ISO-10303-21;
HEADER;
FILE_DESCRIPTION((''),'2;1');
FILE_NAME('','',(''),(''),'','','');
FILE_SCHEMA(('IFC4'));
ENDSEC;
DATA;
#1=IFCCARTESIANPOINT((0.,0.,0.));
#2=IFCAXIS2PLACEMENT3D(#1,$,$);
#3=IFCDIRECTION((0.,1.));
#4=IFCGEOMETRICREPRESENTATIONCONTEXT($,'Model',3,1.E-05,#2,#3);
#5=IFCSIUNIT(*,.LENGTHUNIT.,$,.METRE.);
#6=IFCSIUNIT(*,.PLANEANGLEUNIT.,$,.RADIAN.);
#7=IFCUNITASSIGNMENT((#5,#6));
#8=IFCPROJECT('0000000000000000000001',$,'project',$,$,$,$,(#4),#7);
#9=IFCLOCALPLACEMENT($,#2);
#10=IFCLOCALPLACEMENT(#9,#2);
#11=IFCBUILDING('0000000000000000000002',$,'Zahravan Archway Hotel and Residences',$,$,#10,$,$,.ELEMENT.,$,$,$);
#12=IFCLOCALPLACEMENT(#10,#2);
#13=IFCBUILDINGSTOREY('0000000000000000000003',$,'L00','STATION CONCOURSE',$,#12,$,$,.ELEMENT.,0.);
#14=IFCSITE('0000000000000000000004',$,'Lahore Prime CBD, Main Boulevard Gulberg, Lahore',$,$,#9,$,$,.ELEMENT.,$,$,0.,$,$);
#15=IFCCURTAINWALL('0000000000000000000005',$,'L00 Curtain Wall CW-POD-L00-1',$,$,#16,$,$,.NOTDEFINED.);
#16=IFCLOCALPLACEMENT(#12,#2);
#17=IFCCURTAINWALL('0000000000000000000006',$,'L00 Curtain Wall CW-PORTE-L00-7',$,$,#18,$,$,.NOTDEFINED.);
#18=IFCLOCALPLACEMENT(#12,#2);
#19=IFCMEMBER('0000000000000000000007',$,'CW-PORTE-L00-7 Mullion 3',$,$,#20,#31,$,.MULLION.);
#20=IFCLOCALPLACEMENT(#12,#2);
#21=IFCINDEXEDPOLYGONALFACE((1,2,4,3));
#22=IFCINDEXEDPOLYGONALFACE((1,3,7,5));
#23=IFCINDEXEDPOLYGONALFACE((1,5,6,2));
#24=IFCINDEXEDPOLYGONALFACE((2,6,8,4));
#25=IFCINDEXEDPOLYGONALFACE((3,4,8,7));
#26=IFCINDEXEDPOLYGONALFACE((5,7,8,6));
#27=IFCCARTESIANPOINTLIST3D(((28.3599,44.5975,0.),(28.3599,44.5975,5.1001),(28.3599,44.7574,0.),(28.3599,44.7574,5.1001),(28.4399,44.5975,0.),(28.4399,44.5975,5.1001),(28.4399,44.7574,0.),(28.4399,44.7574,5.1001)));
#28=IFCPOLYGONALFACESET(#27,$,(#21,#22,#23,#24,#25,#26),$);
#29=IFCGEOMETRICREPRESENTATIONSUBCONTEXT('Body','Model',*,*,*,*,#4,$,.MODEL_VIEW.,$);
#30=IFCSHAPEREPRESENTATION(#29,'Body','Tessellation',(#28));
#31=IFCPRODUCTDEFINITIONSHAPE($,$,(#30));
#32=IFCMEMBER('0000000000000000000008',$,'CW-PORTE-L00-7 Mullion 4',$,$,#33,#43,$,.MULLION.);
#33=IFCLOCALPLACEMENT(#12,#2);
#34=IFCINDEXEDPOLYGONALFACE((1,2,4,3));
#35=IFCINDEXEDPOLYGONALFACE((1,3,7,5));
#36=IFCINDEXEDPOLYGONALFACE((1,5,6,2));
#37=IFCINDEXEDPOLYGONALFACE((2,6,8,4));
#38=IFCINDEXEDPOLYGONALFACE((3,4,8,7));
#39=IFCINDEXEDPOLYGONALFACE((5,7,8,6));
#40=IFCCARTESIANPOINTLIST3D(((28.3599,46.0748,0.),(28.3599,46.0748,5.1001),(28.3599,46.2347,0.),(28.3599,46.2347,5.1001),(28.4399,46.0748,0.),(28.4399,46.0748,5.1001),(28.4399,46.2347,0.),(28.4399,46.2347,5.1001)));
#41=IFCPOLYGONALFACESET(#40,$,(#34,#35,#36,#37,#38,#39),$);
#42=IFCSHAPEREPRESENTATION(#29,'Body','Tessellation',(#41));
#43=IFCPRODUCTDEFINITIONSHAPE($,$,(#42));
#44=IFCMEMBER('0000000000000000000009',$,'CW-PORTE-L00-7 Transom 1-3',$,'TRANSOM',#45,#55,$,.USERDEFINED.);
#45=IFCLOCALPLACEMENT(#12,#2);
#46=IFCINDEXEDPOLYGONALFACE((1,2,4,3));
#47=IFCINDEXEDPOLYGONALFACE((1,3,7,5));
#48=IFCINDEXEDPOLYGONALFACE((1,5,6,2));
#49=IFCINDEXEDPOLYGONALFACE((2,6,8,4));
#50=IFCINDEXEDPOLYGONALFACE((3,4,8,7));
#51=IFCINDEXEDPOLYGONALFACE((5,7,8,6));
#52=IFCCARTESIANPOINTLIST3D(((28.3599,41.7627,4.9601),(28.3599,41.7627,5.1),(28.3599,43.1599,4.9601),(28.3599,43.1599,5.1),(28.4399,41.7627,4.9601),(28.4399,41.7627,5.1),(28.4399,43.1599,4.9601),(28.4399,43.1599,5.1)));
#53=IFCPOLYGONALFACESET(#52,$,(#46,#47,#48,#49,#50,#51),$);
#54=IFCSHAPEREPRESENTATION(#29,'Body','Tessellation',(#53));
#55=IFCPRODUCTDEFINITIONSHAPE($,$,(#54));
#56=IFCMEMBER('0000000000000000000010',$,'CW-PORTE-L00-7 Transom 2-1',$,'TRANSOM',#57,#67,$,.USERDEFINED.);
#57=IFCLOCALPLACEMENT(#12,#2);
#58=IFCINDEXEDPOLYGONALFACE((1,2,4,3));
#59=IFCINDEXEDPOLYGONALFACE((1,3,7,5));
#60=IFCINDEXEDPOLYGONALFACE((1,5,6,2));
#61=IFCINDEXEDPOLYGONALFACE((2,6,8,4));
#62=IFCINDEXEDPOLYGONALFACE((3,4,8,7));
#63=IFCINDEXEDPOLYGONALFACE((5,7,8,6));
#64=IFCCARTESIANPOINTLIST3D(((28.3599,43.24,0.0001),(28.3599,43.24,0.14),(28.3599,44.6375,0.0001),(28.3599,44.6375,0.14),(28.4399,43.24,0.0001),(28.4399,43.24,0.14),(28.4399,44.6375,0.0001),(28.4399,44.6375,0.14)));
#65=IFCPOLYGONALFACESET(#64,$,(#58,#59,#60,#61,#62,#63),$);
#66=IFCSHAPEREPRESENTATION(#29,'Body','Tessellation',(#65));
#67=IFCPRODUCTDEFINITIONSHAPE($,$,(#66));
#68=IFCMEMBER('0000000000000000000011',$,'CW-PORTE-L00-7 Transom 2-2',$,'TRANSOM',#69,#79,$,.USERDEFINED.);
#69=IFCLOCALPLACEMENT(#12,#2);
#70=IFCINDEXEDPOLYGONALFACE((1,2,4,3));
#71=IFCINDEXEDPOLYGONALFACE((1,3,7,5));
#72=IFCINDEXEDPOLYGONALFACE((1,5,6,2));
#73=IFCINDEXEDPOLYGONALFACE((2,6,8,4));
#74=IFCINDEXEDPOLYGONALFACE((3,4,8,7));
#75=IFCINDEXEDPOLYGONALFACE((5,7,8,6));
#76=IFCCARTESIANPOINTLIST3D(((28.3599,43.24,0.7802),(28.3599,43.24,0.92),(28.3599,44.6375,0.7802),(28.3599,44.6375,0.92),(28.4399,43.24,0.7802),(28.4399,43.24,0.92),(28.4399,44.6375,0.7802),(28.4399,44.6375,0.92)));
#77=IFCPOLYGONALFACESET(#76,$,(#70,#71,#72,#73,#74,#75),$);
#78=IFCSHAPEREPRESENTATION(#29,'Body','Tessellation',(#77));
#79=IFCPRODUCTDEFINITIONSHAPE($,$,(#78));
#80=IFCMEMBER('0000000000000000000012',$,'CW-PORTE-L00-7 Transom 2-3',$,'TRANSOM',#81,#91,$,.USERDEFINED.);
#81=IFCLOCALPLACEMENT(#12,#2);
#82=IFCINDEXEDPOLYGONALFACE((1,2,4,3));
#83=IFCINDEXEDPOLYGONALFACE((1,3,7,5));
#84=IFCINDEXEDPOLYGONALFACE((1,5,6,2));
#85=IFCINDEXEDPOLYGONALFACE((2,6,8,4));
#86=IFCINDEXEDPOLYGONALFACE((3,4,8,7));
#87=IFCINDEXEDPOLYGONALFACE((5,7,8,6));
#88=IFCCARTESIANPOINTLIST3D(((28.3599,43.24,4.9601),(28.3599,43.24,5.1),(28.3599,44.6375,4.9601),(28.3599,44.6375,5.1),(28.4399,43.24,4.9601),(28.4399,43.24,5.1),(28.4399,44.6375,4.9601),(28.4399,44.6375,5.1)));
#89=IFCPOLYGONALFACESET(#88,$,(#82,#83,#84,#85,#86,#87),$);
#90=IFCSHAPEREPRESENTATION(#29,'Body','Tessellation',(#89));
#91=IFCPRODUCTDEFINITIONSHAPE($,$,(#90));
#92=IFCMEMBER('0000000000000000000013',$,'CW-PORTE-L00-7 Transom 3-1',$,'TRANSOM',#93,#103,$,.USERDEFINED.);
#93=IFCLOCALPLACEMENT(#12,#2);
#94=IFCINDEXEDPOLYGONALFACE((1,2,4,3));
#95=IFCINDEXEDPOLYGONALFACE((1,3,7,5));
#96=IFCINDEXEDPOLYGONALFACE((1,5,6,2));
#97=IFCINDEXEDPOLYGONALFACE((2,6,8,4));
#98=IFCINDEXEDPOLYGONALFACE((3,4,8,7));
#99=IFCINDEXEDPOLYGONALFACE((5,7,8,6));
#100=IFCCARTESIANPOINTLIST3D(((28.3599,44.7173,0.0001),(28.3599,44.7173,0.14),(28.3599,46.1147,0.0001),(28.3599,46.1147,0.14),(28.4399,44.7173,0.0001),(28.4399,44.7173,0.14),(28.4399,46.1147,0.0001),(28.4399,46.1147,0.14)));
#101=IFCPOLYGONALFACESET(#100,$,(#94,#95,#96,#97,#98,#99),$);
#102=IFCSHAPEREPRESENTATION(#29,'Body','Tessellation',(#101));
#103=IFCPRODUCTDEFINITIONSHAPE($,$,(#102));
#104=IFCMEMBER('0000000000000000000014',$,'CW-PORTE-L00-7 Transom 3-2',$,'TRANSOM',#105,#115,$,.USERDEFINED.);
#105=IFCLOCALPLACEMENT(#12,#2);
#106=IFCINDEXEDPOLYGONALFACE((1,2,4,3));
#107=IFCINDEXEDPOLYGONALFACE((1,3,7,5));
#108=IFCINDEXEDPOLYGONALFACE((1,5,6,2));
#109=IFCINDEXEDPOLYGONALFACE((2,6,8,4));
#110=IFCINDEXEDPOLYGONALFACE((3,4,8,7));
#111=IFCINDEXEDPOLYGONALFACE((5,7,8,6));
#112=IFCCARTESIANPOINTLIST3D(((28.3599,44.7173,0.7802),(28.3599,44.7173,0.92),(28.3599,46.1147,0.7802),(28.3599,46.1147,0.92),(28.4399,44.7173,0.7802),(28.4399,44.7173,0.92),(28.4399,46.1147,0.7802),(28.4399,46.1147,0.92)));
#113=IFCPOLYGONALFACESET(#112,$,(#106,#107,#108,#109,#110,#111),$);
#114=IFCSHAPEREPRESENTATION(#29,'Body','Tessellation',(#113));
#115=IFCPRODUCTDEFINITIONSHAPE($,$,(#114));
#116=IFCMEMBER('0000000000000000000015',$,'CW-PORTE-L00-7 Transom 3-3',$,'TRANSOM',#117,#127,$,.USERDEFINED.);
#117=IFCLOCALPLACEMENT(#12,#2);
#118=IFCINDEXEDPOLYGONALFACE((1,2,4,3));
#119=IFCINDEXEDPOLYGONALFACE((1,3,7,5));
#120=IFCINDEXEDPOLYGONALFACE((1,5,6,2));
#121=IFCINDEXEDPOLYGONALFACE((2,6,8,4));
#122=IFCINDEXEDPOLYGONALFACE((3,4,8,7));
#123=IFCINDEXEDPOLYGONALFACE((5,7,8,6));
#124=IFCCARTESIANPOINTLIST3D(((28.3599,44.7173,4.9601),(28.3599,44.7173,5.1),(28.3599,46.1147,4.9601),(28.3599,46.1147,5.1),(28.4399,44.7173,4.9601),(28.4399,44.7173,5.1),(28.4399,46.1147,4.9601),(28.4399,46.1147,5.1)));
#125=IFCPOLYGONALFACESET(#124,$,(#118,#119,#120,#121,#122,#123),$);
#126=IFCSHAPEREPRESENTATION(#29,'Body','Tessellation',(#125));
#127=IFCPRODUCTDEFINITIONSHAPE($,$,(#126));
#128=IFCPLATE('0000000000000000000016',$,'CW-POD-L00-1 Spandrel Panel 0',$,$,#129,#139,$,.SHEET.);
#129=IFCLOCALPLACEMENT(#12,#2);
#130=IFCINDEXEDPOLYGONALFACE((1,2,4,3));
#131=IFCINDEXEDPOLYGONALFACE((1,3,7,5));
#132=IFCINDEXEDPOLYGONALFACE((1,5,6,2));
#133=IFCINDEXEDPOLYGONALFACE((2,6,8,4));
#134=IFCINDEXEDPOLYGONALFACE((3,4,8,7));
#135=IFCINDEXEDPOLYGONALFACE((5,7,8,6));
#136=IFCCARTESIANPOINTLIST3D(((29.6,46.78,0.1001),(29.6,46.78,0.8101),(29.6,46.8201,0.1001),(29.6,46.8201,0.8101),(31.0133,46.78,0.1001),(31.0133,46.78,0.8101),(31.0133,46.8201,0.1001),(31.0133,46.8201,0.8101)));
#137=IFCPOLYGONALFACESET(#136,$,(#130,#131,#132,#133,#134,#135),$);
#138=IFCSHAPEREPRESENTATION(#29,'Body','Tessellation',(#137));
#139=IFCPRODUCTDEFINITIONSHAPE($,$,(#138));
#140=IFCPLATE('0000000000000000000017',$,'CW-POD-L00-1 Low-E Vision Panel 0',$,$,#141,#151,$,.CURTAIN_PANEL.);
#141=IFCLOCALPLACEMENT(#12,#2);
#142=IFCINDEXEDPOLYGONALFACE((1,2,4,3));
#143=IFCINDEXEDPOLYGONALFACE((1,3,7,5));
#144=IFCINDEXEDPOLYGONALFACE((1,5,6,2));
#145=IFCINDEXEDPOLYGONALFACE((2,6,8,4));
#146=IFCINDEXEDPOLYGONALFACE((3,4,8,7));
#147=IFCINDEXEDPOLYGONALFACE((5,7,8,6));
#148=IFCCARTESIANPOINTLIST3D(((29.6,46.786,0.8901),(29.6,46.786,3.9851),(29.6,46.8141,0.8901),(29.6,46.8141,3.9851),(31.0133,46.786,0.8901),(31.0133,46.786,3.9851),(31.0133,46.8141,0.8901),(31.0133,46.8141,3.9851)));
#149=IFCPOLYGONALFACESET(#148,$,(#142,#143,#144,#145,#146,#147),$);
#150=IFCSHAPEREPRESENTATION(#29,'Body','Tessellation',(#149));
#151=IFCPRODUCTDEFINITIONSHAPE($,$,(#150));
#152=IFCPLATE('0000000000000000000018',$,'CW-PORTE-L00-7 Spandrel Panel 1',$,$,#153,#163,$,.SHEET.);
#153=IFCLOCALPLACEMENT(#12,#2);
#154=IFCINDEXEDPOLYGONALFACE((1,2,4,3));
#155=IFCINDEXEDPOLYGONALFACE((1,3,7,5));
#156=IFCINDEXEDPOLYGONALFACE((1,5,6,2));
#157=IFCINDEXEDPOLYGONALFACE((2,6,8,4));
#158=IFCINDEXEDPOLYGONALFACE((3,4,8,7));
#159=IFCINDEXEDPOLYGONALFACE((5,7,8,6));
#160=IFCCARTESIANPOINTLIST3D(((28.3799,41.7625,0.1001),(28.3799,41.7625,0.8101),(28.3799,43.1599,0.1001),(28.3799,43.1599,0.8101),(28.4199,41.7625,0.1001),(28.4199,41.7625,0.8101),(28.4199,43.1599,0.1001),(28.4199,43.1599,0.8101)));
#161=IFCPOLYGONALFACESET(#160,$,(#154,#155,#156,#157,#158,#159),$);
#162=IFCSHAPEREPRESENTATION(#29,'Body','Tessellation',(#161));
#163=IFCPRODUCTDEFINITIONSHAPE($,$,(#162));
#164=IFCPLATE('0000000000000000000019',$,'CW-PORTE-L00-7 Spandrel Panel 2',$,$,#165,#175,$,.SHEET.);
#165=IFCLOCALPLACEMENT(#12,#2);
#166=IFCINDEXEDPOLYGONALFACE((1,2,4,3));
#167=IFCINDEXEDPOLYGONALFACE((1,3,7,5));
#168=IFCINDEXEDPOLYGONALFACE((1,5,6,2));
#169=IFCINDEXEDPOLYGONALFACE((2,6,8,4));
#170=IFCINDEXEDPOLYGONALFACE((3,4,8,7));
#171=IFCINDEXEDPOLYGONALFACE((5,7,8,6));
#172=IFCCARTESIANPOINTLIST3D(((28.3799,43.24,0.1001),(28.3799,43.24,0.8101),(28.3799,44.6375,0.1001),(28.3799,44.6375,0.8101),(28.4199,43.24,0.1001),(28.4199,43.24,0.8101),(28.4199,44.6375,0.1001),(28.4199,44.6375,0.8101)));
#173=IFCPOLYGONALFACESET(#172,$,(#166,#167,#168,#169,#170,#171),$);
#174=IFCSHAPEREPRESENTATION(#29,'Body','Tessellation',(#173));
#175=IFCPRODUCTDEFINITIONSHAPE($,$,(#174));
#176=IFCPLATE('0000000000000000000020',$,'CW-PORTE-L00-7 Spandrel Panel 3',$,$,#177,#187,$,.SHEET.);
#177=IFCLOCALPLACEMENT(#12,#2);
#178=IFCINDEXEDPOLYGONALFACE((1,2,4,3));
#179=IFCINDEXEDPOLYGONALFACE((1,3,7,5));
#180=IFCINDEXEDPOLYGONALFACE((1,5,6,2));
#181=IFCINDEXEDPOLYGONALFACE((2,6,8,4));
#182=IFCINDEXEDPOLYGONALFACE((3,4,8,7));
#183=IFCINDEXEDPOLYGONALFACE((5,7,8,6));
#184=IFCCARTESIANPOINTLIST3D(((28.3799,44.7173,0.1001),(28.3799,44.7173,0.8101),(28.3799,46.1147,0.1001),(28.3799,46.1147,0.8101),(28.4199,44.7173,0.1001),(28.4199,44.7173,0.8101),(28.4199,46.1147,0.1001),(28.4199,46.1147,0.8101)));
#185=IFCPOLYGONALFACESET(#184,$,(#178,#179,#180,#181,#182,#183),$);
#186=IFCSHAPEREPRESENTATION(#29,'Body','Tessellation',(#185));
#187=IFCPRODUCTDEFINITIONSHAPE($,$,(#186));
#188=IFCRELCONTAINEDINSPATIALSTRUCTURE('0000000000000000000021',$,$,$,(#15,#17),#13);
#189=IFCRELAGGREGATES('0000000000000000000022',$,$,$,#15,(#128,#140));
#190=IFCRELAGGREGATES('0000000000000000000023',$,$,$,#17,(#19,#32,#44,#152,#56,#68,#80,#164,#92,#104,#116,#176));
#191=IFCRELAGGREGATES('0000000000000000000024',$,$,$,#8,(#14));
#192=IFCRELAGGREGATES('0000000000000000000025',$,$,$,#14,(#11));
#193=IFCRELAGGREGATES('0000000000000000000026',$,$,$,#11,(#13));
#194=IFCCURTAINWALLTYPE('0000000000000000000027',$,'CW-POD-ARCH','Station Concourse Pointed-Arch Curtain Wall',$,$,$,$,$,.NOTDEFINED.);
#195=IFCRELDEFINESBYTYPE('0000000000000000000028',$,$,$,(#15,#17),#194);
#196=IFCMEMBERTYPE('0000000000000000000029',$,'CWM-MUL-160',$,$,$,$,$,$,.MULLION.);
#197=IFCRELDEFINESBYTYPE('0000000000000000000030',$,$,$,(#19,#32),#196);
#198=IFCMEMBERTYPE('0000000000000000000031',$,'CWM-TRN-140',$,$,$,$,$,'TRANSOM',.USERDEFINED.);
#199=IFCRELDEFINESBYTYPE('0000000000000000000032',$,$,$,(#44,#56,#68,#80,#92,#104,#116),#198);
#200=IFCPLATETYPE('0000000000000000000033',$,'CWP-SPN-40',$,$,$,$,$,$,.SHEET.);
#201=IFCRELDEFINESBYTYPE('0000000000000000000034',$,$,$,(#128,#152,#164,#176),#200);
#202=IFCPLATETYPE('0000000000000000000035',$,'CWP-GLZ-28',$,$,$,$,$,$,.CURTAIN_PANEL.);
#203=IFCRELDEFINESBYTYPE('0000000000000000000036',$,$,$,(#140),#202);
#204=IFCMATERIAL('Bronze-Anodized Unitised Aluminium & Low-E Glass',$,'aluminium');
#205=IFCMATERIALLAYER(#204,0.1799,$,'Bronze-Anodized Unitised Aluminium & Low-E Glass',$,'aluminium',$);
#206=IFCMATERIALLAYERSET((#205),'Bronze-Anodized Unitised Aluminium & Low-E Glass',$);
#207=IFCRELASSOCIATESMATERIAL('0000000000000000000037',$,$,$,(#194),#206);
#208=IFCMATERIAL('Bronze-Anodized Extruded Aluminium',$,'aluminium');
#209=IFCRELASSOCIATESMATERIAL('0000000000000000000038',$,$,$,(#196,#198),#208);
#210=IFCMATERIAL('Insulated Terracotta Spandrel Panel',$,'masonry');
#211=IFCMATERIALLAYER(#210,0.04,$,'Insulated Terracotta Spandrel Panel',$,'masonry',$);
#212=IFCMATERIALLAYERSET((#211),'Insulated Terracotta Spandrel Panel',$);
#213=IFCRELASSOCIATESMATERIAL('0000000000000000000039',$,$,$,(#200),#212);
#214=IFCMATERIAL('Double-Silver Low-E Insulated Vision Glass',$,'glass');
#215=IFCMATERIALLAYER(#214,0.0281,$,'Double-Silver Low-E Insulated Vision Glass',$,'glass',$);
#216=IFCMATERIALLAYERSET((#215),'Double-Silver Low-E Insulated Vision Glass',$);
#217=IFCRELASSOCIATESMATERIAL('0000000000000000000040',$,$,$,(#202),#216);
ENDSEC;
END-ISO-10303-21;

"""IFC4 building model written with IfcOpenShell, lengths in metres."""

from ifc_helpers import new_model, si_unit, direction, frame, origin, origin_2d, place, context, subcontext, project, spatial, rectangle, extrude, source, transform, mapped, material, layer, layer_set, material_profile, profile_set, type_object, type_shapes, element, aggregate, save


model = new_model("IFC4")

# Units and contexts
model_context = context("Model", 3, precision=1e-05, world=origin(), true_north=direction((0.0, 1.0)))
body_context = subcontext(model_context, "Body", "Model", "MODEL_VIEW")
ifc_project = project(units=[si_unit("LENGTHUNIT", "METRE"), si_unit("PLANEANGLEUNIT", "RADIAN")], contexts=[model_context])

# Site, building, storey
site_placement = place(None, origin())
site = spatial("IfcSite", under=ifc_project, at=site_placement, Name="Lahore Prime CBD, Main Boulevard Gulberg, Lahore", CompositionType="ELEMENT", RefElevation=0.0)
building_placement = place(site_placement, origin())
building = spatial("IfcBuilding", under=site, at=building_placement, Name="Zahravan Archway Hotel and Residences", CompositionType="ELEMENT")
storey_placement = place(building_placement, origin())
storey = spatial("IfcBuildingStorey", under=building, at=storey_placement, Name="L00", Description="STATION CONCOURSE", CompositionType="ELEMENT", Elevation=0.0)

# Curtain walls, members
ifc_material_1 = material(Name="Bronze-Anodized Unitised Aluminium & Low-E Glass", Category="aluminium")
ifc_layer_1 = layer(ifc_material_1, 0.1799, Name="Bronze-Anodized Unitised Aluminium & Low-E Glass", Category="aluminium")
ifc_layer_set_1 = layer_set([ifc_layer_1], Name="Bronze-Anodized Unitised Aluminium & Low-E Glass")
curtain_wall_type = type_object("IfcCurtainWallType", Name="CW-POD-ARCH", Description="Station Concourse Pointed-Arch Curtain Wall", PredefinedType="NOTDEFINED", material=ifc_layer_set_1)
curtain_wall_1_placement = place(storey_placement, origin())
curtain_wall_1 = element("IfcCurtainWall", 1, at=curtain_wall_1_placement, inside=storey, type_object=curtain_wall_type, Name="L00 Curtain Wall CW-POD-L00-1", PredefinedType="NOTDEFINED")
ifc_material_2 = material(Name="Bronze-Anodized Extruded Aluminium", Category="aluminium")
ifc_material_profile_1 = material_profile(ifc_material_2, rectangle(XDim=0.0801, YDim=0.1599, at=origin_2d()), Name="MUL 80x160", Category="aluminium")
ifc_profile_set_1 = profile_set([ifc_material_profile_1], Name="Bronze-Anodized Extruded Aluminium")
member_type_1 = type_object("IfcMemberType", Name="CWM-MUL-160", PredefinedType="MULLION", material=ifc_profile_set_1)
ifc_material_profile_2 = material_profile(ifc_material_2, rectangle(XDim=0.0801, YDim=0.1399, at=origin_2d()), Name="TRN 80x140", Category="aluminium")
ifc_profile_set_2 = profile_set([ifc_material_profile_2], Name="Bronze-Anodized Extruded Aluminium")
member_type_2 = type_object("IfcMemberType", Name="CWM-TRN-140", ElementType="TRANSOM", PredefinedType="USERDEFINED", material=ifc_profile_set_2)
curtain_wall_2_placement = place(storey_placement, origin())
curtain_wall_2 = element("IfcCurtainWall", 2, at=curtain_wall_2_placement, inside=storey, type_object=curtain_wall_type, Name="L00 Curtain Wall CW-PORTE-L00-7", PredefinedType="NOTDEFINED")
shared_shape_1 = source(origin(), body_context, "Body", "SweptSolid", [
    extrude(rectangle(XDim=0.0801, YDim=0.1599, at=origin_2d()), origin(), (0.0, 0.0, 1.0), 5.1001),
])
member_1_placement = place(storey_placement, frame((28.3999, 44.6775, 0.0), z_axis=(0.0, 0.0, 1.0), x_axis=(1.0, 0.0, 0.0)))
member_1 = element("IfcMember", 3, at=member_1_placement, type_object=member_type_1, Name="CW-PORTE-L00-7 Mullion 3", PredefinedType="MULLION", context=body_context, shape_type="MappedRepresentation", body=[
    mapped(shared_shape_1, transform((0.0, 0.0, 0.0), scale=1.0)),
])
member_2_placement = place(storey_placement, frame((28.3999, 46.1548, 0.0), z_axis=(0.0, 0.0, 1.0), x_axis=(1.0, 0.0, 0.0)))
member_2 = element("IfcMember", 4, at=member_2_placement, type_object=member_type_1, Name="CW-PORTE-L00-7 Mullion 4", PredefinedType="MULLION", context=body_context, shape_type="MappedRepresentation", body=[
    mapped(shared_shape_1, transform((0.0, 0.0, 0.0), scale=1.0)),
])
shared_shape_2 = source(origin(), body_context, "Body", "SweptSolid", [
    extrude(rectangle(XDim=0.0801, YDim=0.1399, at=origin_2d()), origin(), (0.0, 0.0, 1.0), 1.3972),
])
member_3_placement = place(storey_placement, frame((28.3999, 41.7627, 5.03), z_axis=(0.0, 1.0, 0.0), x_axis=(-1.0, 0.0, 0.0)))
member_3 = element("IfcMember", 5, at=member_3_placement, type_object=member_type_2, Name="CW-PORTE-L00-7 Transom 1-3", ObjectType="TRANSOM", PredefinedType="USERDEFINED", context=body_context, shape_type="MappedRepresentation", body=[
    mapped(shared_shape_2, transform((0.0, 0.0, 0.0), scale=1.0)),
])
shared_shape_3 = source(origin(), body_context, "Body", "SweptSolid", [
    extrude(rectangle(XDim=0.0801, YDim=0.1399, at=origin_2d()), origin(), (0.0, 0.0, 1.0), 1.3975),
])
member_4_placement = place(storey_placement, frame((28.3999, 43.24, 0.0701), z_axis=(0.0, 1.0, 0.0), x_axis=(-1.0, 0.0, 0.0)))
member_4 = element("IfcMember", 6, at=member_4_placement, type_object=member_type_2, Name="CW-PORTE-L00-7 Transom 2-1", ObjectType="TRANSOM", PredefinedType="USERDEFINED", context=body_context, shape_type="MappedRepresentation", body=[
    mapped(shared_shape_3, transform((0.0, 0.0, 0.0), scale=1.0)),
])
member_5_placement = place(storey_placement, frame((28.3999, 43.24, 0.8501), z_axis=(0.0, 1.0, 0.0), x_axis=(-1.0, 0.0, 0.0)))
member_5 = element("IfcMember", 7, at=member_5_placement, type_object=member_type_2, Name="CW-PORTE-L00-7 Transom 2-2", ObjectType="TRANSOM", PredefinedType="USERDEFINED", context=body_context, shape_type="MappedRepresentation", body=[
    mapped(shared_shape_3, transform((0.0, 0.0, 0.0), scale=1.0)),
])
member_6_placement = place(storey_placement, frame((28.3999, 43.24, 5.03), z_axis=(0.0, 1.0, 0.0), x_axis=(-1.0, 0.0, 0.0)))
member_6 = element("IfcMember", 8, at=member_6_placement, type_object=member_type_2, Name="CW-PORTE-L00-7 Transom 2-3", ObjectType="TRANSOM", PredefinedType="USERDEFINED", context=body_context, shape_type="MappedRepresentation", body=[
    mapped(shared_shape_3, transform((0.0, 0.0, 0.0), scale=1.0)),
])
member_7_placement = place(storey_placement, frame((28.3999, 44.7173, 0.0701), z_axis=(0.0, 1.0, 0.0), x_axis=(-1.0, 0.0, 0.0)))
member_7 = element("IfcMember", 9, at=member_7_placement, type_object=member_type_2, Name="CW-PORTE-L00-7 Transom 3-1", ObjectType="TRANSOM", PredefinedType="USERDEFINED", context=body_context, shape_type="MappedRepresentation", body=[
    mapped(shared_shape_3, transform((0.0, 0.0, 0.0), scale=1.0)),
])
member_8_placement = place(storey_placement, frame((28.3999, 44.7173, 0.8501), z_axis=(0.0, 1.0, 0.0), x_axis=(-1.0, 0.0, 0.0)))
member_8 = element("IfcMember", 10, at=member_8_placement, type_object=member_type_2, Name="CW-PORTE-L00-7 Transom 3-2", ObjectType="TRANSOM", PredefinedType="USERDEFINED", context=body_context, shape_type="MappedRepresentation", body=[
    mapped(shared_shape_3, transform((0.0, 0.0, 0.0), scale=1.0)),
])
member_9_placement = place(storey_placement, frame((28.3999, 44.7173, 5.03), z_axis=(0.0, 1.0, 0.0), x_axis=(-1.0, 0.0, 0.0)))
member_9 = element("IfcMember", 11, at=member_9_placement, type_object=member_type_2, Name="CW-PORTE-L00-7 Transom 3-3", ObjectType="TRANSOM", PredefinedType="USERDEFINED", context=body_context, shape_type="MappedRepresentation", body=[
    mapped(shared_shape_3, transform((0.0, 0.0, 0.0), scale=1.0)),
])

# Plates
ifc_material_3 = material(Name="Insulated Terracotta Spandrel Panel", Category="masonry")
ifc_layer_2 = layer(ifc_material_3, 0.04, Name="Insulated Terracotta Spandrel Panel", Category="masonry")
ifc_layer_set_2 = layer_set([ifc_layer_2], Name="Insulated Terracotta Spandrel Panel")
plate_type_1 = type_object("IfcPlateType", Name="CWP-SPN-40", PredefinedType="SHEET", material=ifc_layer_set_2)
shared_shape_4 = source(origin(), body_context, "Body", "SweptSolid", [
    extrude(rectangle(XDim=1.4133, YDim=0.04, at=origin_2d()), origin(), (0.0, 0.0, 1.0), 0.71),
])
type_shapes(plate_type_1, [shared_shape_4])
plate_1_placement = place(storey_placement, frame((30.3066, 46.8, 0.1001), z_axis=(0.0, 0.0, 1.0), x_axis=(1.0, 0.0, 0.0)))
plate_1 = element("IfcPlate", 12, at=plate_1_placement, type_object=plate_type_1, Name="CW-POD-L00-1 Spandrel Panel 0", PredefinedType="SHEET", context=body_context, shape_type="MappedRepresentation", body=[
    mapped(shared_shape_4, transform((0.0, 0.0, 0.0), scale=1.0)),
])
ifc_material_4 = material(Name="Double-Silver Low-E Insulated Vision Glass", Category="glass")
ifc_layer_3 = layer(ifc_material_4, 0.0281, Name="Double-Silver Low-E Insulated Vision Glass", Category="glass")
ifc_layer_set_3 = layer_set([ifc_layer_3], Name="Double-Silver Low-E Insulated Vision Glass")
plate_type_2 = type_object("IfcPlateType", Name="CWP-GLZ-28", PredefinedType="CURTAIN_PANEL", material=ifc_layer_set_3)
shared_shape_5 = source(origin(), body_context, "Body", "SweptSolid", [
    extrude(rectangle(XDim=1.4133, YDim=0.0281, at=origin_2d()), origin(), (0.0, 0.0, 1.0), 3.095),
])
type_shapes(plate_type_2, [shared_shape_5])
plate_2_placement = place(storey_placement, frame((30.3066, 46.8, 0.8901), z_axis=(0.0, 0.0, 1.0), x_axis=(1.0, 0.0, 0.0)))
plate_2 = element("IfcPlate", 13, at=plate_2_placement, type_object=plate_type_2, Name="CW-POD-L00-1 Low-E Vision Panel 0", PredefinedType="CURTAIN_PANEL", context=body_context, shape_type="MappedRepresentation", body=[
    mapped(shared_shape_5, transform((0.0, 0.0, 0.0), scale=1.0)),
])
aggregate(curtain_wall_1, [plate_1, plate_2])
shared_shape_6 = source(origin(), body_context, "Body", "SweptSolid", [
    extrude(rectangle(XDim=1.3975, YDim=0.04, at=origin_2d()), origin(), (0.0, 0.0, 1.0), 0.71),
])
plate_3_placement = place(storey_placement, frame((28.3999, 42.4612, 0.1001), z_axis=(0.0, 0.0, 1.0), x_axis=(0.0, 1.0, 0.0)))
plate_3 = element("IfcPlate", 14, at=plate_3_placement, type_object=plate_type_1, Name="CW-PORTE-L00-7 Spandrel Panel 1", PredefinedType="SHEET", context=body_context, shape_type="MappedRepresentation", body=[
    mapped(shared_shape_6, transform((0.0, 0.0, 0.0), scale=1.0)),
])
plate_4_placement = place(storey_placement, frame((28.3999, 43.9387, 0.1001), z_axis=(0.0, 0.0, 1.0), x_axis=(0.0, 1.0, 0.0)))
plate_4 = element("IfcPlate", 15, at=plate_4_placement, type_object=plate_type_1, Name="CW-PORTE-L00-7 Spandrel Panel 2", PredefinedType="SHEET", context=body_context, shape_type="MappedRepresentation", body=[
    mapped(shared_shape_6, transform((0.0, 0.0, 0.0), scale=1.0)),
])
plate_5_placement = place(storey_placement, frame((28.3999, 45.416, 0.1001), z_axis=(0.0, 0.0, 1.0), x_axis=(0.0, 1.0, 0.0)))
plate_5 = element("IfcPlate", 16, at=plate_5_placement, type_object=plate_type_1, Name="CW-PORTE-L00-7 Spandrel Panel 3", PredefinedType="SHEET", context=body_context, shape_type="MappedRepresentation", body=[
    mapped(shared_shape_6, transform((0.0, 0.0, 0.0), scale=1.0)),
])
aggregate(curtain_wall_2, [member_1, member_2, member_3, plate_3, member_4, member_5, member_6, plate_4, member_7, member_8, member_9, plate_5])

save(model, "model.ifc")
